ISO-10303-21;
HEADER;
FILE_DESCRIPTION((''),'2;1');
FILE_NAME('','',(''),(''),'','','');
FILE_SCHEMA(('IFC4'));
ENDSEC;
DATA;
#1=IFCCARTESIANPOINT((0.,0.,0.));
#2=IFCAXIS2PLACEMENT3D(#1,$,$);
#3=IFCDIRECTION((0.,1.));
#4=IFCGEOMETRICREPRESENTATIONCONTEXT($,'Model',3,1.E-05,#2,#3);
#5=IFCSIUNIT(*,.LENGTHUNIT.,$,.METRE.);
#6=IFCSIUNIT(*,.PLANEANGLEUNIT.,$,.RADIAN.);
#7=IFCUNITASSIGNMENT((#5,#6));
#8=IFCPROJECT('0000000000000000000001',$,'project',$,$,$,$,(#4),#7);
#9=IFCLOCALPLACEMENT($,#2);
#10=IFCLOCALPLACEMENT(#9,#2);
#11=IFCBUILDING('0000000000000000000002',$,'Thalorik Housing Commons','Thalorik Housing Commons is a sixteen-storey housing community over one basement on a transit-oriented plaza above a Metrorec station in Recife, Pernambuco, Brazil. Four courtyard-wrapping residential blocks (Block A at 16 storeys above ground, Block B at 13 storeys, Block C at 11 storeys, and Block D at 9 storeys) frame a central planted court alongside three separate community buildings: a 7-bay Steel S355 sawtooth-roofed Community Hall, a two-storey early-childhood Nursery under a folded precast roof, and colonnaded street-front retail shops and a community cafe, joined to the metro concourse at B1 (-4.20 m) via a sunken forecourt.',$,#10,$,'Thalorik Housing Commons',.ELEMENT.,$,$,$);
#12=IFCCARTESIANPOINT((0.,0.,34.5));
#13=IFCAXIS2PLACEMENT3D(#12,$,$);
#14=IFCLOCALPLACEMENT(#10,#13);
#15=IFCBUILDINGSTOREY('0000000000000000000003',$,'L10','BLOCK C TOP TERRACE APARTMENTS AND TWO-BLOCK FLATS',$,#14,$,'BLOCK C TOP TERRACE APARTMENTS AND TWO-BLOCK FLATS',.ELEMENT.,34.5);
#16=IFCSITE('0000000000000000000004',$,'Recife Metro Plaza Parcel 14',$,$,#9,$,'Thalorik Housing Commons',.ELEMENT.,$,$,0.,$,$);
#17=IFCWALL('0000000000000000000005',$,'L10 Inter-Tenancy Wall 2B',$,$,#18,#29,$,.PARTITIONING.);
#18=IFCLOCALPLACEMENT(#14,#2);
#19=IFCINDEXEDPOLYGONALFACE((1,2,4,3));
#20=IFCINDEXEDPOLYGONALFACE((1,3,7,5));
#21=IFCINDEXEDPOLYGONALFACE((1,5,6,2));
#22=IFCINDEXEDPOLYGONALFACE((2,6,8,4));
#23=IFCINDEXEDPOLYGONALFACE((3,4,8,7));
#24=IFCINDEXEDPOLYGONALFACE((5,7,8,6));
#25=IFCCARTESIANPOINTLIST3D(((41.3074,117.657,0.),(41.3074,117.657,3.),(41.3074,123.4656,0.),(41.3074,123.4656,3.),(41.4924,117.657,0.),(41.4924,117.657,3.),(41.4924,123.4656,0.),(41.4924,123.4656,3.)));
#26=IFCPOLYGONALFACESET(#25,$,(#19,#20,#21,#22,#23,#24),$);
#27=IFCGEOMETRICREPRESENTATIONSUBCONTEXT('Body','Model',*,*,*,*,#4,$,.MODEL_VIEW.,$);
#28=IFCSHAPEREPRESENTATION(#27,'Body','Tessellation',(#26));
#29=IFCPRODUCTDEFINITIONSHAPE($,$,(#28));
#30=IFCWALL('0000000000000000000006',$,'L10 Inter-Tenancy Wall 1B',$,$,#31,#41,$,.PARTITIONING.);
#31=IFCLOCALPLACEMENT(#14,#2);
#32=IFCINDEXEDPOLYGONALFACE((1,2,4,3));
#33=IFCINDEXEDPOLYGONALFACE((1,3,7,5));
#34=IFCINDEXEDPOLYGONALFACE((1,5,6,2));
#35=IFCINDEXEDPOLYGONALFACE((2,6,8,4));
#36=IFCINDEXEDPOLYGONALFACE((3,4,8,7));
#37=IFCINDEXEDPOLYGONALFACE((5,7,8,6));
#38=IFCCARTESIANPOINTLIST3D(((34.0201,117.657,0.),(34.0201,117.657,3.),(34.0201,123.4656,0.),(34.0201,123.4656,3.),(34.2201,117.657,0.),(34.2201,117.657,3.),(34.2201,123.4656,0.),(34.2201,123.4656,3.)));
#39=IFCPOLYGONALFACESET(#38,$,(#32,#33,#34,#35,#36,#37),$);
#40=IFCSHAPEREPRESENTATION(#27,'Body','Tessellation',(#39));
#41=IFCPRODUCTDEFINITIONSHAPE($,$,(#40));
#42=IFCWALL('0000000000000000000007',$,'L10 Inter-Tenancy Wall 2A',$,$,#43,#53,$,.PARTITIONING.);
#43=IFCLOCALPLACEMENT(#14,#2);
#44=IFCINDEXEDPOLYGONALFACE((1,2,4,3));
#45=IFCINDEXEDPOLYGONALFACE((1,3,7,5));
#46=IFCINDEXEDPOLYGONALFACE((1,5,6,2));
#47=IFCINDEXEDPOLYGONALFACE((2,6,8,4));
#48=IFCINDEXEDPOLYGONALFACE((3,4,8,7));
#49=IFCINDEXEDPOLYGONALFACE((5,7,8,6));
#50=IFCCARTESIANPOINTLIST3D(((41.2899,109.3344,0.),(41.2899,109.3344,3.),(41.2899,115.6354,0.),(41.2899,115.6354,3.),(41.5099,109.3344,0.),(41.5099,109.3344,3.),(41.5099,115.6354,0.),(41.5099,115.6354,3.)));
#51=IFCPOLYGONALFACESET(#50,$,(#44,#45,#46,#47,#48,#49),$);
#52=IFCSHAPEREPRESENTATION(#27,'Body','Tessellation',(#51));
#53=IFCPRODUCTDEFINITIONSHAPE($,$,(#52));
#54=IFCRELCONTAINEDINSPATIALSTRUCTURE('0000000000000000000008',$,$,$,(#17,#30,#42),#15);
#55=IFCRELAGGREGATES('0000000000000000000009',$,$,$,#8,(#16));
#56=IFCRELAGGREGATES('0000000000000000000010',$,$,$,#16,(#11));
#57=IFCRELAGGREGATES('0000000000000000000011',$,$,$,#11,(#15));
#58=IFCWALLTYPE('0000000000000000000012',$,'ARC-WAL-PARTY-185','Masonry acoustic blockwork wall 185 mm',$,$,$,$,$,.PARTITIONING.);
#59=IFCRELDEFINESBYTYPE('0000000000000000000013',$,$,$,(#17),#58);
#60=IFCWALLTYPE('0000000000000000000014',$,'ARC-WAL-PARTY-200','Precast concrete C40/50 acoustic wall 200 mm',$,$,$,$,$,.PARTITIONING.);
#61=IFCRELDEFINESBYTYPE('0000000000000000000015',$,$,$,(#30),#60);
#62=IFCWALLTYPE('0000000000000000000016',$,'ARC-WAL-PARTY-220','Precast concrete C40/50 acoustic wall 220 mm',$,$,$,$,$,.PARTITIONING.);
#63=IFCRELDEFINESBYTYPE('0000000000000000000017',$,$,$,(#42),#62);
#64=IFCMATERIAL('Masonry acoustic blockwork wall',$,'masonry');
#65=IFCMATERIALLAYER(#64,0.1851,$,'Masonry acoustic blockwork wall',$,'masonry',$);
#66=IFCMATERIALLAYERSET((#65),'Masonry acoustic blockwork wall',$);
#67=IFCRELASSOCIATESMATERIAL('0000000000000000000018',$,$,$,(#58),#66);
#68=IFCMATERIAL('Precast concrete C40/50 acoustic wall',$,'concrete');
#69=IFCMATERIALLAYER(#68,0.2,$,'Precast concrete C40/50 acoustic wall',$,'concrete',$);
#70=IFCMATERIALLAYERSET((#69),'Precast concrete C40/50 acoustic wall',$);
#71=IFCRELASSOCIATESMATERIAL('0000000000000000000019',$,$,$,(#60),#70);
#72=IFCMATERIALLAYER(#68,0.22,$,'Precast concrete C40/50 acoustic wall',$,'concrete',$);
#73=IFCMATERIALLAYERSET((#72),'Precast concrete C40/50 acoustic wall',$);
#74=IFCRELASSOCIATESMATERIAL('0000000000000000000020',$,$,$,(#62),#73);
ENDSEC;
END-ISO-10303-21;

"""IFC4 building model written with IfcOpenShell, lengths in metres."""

from ifc_helpers import new_model, si_unit, direction, frame, frame_2d, origin, place, context, subcontext, project, spatial, rectangle, extrude, material, layer, layer_set, type_object, element, save


model = new_model("IFC4")

# Units and contexts
model_context = context("Model", 3, precision=1e-05, world=origin(), true_north=direction((0.0, 1.0)))
body_context = subcontext(model_context, "Body", "Model", "MODEL_VIEW")
ifc_project = project(units=[si_unit("LENGTHUNIT", "METRE"), si_unit("PLANEANGLEUNIT", "RADIAN")], contexts=[model_context])

# Site, building, storey
site_placement = place(None, origin())
site = spatial("IfcSite", under=ifc_project, at=site_placement, Name="Recife Metro Plaza Parcel 14", LongName="Thalorik Housing Commons", CompositionType="ELEMENT", RefElevation=0.0)
building_placement = place(site_placement, origin())
building = spatial("IfcBuilding", under=site, at=building_placement, Name="Thalorik Housing Commons", Description="Thalorik Housing Commons is a sixteen-storey housing community over one basement on a transit-oriented plaza above a Metrorec station in Recife, Pernambuco, Brazil. Four courtyard-wrapping residential blocks (Block A at 16 storeys above ground, Block B at 13 storeys, Block C at 11 storeys, and Block D at 9 storeys) frame a central planted court alongside three separate community buildings: a 7-bay Steel S355 sawtooth-roofed Community Hall, a two-storey early-childhood Nursery under a folded precast roof, and colonnaded street-front retail shops and a community cafe, joined to the metro concourse at B1 (-4.20 m) via a sunken forecourt.", LongName="Thalorik Housing Commons", CompositionType="ELEMENT")
storey_placement = place(building_placement, frame((0.0, 0.0, 34.5)))
storey = spatial("IfcBuildingStorey", under=building, at=storey_placement, Name="L10", Description="BLOCK C TOP TERRACE APARTMENTS AND TWO-BLOCK FLATS", LongName="BLOCK C TOP TERRACE APARTMENTS AND TWO-BLOCK FLATS", CompositionType="ELEMENT", Elevation=34.5)

# Walls
ifc_material_1 = material(Name="Masonry acoustic blockwork wall", Category="masonry")
ifc_layer_1 = layer(ifc_material_1, 0.1851, Name="Masonry acoustic blockwork wall", Category="masonry")
ifc_layer_set_1 = layer_set([ifc_layer_1], Name="Masonry acoustic blockwork wall")
wall_type_1 = type_object("IfcWallType", Name="ARC-WAL-PARTY-185", Description="Masonry acoustic blockwork wall 185 mm", PredefinedType="PARTITIONING", material=ifc_layer_set_1)
wall_1_placement = place(storey_placement, frame((41.3999, 117.657, 0.0), z_axis=(0.0, 0.0, 1.0), x_axis=(0.0, 1.0, 0.0)))
element("IfcWall", 1, at=wall_1_placement, inside=storey, type_object=wall_type_1, Name="L10 Inter-Tenancy Wall 2B", PredefinedType="PARTITIONING", context=body_context, shape_type="SweptSolid", body=[
    extrude(rectangle(XDim=5.8086, YDim=0.1851, at=frame_2d((2.9043, 0.0))), origin(), (0.0, 0.0, 1.0), 3.0),
])
ifc_material_2 = material(Name="Precast concrete C40/50 acoustic wall", Category="concrete")
ifc_layer_2 = layer(ifc_material_2, 0.2, Name="Precast concrete C40/50 acoustic wall", Category="concrete")
ifc_layer_set_2 = layer_set([ifc_layer_2], Name="Precast concrete C40/50 acoustic wall")
wall_type_2 = type_object("IfcWallType", Name="ARC-WAL-PARTY-200", Description="Precast concrete C40/50 acoustic wall 200 mm", PredefinedType="PARTITIONING", material=ifc_layer_set_2)
wall_2_placement = place(storey_placement, frame((34.1201, 117.657, 0.0), z_axis=(0.0, 0.0, 1.0), x_axis=(0.0, 1.0, 0.0)))
element("IfcWall", 2, at=wall_2_placement, inside=storey, type_object=wall_type_2, Name="L10 Inter-Tenancy Wall 1B", PredefinedType="PARTITIONING", context=body_context, shape_type="SweptSolid", body=[
    extrude(rectangle(XDim=5.8086, YDim=0.2, at=frame_2d((2.9043, 0.0))), origin(), (0.0, 0.0, 1.0), 3.0),
])
ifc_layer_3 = layer(ifc_material_2, 0.22, Name="Precast concrete C40/50 acoustic wall", Category="concrete")
ifc_layer_set_3 = layer_set([ifc_layer_3], Name="Precast concrete C40/50 acoustic wall")
wall_type_3 = type_object("IfcWallType", Name="ARC-WAL-PARTY-220", Description="Precast concrete C40/50 acoustic wall 220 mm", PredefinedType="PARTITIONING", material=ifc_layer_set_3)
wall_3_placement = place(storey_placement, frame((41.3999, 109.3345, 0.0), z_axis=(0.0, 0.0, 1.0), x_axis=(0.0, 1.0, 0.0)))
element("IfcWall", 3, at=wall_3_placement, inside=storey, type_object=wall_type_3, Name="L10 Inter-Tenancy Wall 2A", PredefinedType="PARTITIONING", context=body_context, shape_type="SweptSolid", body=[
    extrude(rectangle(XDim=6.301, YDim=0.22, at=frame_2d((3.1504, 0.0))), origin(), (0.0, 0.0, 1.0), 3.0),
])

save(model, "model.ifc")
